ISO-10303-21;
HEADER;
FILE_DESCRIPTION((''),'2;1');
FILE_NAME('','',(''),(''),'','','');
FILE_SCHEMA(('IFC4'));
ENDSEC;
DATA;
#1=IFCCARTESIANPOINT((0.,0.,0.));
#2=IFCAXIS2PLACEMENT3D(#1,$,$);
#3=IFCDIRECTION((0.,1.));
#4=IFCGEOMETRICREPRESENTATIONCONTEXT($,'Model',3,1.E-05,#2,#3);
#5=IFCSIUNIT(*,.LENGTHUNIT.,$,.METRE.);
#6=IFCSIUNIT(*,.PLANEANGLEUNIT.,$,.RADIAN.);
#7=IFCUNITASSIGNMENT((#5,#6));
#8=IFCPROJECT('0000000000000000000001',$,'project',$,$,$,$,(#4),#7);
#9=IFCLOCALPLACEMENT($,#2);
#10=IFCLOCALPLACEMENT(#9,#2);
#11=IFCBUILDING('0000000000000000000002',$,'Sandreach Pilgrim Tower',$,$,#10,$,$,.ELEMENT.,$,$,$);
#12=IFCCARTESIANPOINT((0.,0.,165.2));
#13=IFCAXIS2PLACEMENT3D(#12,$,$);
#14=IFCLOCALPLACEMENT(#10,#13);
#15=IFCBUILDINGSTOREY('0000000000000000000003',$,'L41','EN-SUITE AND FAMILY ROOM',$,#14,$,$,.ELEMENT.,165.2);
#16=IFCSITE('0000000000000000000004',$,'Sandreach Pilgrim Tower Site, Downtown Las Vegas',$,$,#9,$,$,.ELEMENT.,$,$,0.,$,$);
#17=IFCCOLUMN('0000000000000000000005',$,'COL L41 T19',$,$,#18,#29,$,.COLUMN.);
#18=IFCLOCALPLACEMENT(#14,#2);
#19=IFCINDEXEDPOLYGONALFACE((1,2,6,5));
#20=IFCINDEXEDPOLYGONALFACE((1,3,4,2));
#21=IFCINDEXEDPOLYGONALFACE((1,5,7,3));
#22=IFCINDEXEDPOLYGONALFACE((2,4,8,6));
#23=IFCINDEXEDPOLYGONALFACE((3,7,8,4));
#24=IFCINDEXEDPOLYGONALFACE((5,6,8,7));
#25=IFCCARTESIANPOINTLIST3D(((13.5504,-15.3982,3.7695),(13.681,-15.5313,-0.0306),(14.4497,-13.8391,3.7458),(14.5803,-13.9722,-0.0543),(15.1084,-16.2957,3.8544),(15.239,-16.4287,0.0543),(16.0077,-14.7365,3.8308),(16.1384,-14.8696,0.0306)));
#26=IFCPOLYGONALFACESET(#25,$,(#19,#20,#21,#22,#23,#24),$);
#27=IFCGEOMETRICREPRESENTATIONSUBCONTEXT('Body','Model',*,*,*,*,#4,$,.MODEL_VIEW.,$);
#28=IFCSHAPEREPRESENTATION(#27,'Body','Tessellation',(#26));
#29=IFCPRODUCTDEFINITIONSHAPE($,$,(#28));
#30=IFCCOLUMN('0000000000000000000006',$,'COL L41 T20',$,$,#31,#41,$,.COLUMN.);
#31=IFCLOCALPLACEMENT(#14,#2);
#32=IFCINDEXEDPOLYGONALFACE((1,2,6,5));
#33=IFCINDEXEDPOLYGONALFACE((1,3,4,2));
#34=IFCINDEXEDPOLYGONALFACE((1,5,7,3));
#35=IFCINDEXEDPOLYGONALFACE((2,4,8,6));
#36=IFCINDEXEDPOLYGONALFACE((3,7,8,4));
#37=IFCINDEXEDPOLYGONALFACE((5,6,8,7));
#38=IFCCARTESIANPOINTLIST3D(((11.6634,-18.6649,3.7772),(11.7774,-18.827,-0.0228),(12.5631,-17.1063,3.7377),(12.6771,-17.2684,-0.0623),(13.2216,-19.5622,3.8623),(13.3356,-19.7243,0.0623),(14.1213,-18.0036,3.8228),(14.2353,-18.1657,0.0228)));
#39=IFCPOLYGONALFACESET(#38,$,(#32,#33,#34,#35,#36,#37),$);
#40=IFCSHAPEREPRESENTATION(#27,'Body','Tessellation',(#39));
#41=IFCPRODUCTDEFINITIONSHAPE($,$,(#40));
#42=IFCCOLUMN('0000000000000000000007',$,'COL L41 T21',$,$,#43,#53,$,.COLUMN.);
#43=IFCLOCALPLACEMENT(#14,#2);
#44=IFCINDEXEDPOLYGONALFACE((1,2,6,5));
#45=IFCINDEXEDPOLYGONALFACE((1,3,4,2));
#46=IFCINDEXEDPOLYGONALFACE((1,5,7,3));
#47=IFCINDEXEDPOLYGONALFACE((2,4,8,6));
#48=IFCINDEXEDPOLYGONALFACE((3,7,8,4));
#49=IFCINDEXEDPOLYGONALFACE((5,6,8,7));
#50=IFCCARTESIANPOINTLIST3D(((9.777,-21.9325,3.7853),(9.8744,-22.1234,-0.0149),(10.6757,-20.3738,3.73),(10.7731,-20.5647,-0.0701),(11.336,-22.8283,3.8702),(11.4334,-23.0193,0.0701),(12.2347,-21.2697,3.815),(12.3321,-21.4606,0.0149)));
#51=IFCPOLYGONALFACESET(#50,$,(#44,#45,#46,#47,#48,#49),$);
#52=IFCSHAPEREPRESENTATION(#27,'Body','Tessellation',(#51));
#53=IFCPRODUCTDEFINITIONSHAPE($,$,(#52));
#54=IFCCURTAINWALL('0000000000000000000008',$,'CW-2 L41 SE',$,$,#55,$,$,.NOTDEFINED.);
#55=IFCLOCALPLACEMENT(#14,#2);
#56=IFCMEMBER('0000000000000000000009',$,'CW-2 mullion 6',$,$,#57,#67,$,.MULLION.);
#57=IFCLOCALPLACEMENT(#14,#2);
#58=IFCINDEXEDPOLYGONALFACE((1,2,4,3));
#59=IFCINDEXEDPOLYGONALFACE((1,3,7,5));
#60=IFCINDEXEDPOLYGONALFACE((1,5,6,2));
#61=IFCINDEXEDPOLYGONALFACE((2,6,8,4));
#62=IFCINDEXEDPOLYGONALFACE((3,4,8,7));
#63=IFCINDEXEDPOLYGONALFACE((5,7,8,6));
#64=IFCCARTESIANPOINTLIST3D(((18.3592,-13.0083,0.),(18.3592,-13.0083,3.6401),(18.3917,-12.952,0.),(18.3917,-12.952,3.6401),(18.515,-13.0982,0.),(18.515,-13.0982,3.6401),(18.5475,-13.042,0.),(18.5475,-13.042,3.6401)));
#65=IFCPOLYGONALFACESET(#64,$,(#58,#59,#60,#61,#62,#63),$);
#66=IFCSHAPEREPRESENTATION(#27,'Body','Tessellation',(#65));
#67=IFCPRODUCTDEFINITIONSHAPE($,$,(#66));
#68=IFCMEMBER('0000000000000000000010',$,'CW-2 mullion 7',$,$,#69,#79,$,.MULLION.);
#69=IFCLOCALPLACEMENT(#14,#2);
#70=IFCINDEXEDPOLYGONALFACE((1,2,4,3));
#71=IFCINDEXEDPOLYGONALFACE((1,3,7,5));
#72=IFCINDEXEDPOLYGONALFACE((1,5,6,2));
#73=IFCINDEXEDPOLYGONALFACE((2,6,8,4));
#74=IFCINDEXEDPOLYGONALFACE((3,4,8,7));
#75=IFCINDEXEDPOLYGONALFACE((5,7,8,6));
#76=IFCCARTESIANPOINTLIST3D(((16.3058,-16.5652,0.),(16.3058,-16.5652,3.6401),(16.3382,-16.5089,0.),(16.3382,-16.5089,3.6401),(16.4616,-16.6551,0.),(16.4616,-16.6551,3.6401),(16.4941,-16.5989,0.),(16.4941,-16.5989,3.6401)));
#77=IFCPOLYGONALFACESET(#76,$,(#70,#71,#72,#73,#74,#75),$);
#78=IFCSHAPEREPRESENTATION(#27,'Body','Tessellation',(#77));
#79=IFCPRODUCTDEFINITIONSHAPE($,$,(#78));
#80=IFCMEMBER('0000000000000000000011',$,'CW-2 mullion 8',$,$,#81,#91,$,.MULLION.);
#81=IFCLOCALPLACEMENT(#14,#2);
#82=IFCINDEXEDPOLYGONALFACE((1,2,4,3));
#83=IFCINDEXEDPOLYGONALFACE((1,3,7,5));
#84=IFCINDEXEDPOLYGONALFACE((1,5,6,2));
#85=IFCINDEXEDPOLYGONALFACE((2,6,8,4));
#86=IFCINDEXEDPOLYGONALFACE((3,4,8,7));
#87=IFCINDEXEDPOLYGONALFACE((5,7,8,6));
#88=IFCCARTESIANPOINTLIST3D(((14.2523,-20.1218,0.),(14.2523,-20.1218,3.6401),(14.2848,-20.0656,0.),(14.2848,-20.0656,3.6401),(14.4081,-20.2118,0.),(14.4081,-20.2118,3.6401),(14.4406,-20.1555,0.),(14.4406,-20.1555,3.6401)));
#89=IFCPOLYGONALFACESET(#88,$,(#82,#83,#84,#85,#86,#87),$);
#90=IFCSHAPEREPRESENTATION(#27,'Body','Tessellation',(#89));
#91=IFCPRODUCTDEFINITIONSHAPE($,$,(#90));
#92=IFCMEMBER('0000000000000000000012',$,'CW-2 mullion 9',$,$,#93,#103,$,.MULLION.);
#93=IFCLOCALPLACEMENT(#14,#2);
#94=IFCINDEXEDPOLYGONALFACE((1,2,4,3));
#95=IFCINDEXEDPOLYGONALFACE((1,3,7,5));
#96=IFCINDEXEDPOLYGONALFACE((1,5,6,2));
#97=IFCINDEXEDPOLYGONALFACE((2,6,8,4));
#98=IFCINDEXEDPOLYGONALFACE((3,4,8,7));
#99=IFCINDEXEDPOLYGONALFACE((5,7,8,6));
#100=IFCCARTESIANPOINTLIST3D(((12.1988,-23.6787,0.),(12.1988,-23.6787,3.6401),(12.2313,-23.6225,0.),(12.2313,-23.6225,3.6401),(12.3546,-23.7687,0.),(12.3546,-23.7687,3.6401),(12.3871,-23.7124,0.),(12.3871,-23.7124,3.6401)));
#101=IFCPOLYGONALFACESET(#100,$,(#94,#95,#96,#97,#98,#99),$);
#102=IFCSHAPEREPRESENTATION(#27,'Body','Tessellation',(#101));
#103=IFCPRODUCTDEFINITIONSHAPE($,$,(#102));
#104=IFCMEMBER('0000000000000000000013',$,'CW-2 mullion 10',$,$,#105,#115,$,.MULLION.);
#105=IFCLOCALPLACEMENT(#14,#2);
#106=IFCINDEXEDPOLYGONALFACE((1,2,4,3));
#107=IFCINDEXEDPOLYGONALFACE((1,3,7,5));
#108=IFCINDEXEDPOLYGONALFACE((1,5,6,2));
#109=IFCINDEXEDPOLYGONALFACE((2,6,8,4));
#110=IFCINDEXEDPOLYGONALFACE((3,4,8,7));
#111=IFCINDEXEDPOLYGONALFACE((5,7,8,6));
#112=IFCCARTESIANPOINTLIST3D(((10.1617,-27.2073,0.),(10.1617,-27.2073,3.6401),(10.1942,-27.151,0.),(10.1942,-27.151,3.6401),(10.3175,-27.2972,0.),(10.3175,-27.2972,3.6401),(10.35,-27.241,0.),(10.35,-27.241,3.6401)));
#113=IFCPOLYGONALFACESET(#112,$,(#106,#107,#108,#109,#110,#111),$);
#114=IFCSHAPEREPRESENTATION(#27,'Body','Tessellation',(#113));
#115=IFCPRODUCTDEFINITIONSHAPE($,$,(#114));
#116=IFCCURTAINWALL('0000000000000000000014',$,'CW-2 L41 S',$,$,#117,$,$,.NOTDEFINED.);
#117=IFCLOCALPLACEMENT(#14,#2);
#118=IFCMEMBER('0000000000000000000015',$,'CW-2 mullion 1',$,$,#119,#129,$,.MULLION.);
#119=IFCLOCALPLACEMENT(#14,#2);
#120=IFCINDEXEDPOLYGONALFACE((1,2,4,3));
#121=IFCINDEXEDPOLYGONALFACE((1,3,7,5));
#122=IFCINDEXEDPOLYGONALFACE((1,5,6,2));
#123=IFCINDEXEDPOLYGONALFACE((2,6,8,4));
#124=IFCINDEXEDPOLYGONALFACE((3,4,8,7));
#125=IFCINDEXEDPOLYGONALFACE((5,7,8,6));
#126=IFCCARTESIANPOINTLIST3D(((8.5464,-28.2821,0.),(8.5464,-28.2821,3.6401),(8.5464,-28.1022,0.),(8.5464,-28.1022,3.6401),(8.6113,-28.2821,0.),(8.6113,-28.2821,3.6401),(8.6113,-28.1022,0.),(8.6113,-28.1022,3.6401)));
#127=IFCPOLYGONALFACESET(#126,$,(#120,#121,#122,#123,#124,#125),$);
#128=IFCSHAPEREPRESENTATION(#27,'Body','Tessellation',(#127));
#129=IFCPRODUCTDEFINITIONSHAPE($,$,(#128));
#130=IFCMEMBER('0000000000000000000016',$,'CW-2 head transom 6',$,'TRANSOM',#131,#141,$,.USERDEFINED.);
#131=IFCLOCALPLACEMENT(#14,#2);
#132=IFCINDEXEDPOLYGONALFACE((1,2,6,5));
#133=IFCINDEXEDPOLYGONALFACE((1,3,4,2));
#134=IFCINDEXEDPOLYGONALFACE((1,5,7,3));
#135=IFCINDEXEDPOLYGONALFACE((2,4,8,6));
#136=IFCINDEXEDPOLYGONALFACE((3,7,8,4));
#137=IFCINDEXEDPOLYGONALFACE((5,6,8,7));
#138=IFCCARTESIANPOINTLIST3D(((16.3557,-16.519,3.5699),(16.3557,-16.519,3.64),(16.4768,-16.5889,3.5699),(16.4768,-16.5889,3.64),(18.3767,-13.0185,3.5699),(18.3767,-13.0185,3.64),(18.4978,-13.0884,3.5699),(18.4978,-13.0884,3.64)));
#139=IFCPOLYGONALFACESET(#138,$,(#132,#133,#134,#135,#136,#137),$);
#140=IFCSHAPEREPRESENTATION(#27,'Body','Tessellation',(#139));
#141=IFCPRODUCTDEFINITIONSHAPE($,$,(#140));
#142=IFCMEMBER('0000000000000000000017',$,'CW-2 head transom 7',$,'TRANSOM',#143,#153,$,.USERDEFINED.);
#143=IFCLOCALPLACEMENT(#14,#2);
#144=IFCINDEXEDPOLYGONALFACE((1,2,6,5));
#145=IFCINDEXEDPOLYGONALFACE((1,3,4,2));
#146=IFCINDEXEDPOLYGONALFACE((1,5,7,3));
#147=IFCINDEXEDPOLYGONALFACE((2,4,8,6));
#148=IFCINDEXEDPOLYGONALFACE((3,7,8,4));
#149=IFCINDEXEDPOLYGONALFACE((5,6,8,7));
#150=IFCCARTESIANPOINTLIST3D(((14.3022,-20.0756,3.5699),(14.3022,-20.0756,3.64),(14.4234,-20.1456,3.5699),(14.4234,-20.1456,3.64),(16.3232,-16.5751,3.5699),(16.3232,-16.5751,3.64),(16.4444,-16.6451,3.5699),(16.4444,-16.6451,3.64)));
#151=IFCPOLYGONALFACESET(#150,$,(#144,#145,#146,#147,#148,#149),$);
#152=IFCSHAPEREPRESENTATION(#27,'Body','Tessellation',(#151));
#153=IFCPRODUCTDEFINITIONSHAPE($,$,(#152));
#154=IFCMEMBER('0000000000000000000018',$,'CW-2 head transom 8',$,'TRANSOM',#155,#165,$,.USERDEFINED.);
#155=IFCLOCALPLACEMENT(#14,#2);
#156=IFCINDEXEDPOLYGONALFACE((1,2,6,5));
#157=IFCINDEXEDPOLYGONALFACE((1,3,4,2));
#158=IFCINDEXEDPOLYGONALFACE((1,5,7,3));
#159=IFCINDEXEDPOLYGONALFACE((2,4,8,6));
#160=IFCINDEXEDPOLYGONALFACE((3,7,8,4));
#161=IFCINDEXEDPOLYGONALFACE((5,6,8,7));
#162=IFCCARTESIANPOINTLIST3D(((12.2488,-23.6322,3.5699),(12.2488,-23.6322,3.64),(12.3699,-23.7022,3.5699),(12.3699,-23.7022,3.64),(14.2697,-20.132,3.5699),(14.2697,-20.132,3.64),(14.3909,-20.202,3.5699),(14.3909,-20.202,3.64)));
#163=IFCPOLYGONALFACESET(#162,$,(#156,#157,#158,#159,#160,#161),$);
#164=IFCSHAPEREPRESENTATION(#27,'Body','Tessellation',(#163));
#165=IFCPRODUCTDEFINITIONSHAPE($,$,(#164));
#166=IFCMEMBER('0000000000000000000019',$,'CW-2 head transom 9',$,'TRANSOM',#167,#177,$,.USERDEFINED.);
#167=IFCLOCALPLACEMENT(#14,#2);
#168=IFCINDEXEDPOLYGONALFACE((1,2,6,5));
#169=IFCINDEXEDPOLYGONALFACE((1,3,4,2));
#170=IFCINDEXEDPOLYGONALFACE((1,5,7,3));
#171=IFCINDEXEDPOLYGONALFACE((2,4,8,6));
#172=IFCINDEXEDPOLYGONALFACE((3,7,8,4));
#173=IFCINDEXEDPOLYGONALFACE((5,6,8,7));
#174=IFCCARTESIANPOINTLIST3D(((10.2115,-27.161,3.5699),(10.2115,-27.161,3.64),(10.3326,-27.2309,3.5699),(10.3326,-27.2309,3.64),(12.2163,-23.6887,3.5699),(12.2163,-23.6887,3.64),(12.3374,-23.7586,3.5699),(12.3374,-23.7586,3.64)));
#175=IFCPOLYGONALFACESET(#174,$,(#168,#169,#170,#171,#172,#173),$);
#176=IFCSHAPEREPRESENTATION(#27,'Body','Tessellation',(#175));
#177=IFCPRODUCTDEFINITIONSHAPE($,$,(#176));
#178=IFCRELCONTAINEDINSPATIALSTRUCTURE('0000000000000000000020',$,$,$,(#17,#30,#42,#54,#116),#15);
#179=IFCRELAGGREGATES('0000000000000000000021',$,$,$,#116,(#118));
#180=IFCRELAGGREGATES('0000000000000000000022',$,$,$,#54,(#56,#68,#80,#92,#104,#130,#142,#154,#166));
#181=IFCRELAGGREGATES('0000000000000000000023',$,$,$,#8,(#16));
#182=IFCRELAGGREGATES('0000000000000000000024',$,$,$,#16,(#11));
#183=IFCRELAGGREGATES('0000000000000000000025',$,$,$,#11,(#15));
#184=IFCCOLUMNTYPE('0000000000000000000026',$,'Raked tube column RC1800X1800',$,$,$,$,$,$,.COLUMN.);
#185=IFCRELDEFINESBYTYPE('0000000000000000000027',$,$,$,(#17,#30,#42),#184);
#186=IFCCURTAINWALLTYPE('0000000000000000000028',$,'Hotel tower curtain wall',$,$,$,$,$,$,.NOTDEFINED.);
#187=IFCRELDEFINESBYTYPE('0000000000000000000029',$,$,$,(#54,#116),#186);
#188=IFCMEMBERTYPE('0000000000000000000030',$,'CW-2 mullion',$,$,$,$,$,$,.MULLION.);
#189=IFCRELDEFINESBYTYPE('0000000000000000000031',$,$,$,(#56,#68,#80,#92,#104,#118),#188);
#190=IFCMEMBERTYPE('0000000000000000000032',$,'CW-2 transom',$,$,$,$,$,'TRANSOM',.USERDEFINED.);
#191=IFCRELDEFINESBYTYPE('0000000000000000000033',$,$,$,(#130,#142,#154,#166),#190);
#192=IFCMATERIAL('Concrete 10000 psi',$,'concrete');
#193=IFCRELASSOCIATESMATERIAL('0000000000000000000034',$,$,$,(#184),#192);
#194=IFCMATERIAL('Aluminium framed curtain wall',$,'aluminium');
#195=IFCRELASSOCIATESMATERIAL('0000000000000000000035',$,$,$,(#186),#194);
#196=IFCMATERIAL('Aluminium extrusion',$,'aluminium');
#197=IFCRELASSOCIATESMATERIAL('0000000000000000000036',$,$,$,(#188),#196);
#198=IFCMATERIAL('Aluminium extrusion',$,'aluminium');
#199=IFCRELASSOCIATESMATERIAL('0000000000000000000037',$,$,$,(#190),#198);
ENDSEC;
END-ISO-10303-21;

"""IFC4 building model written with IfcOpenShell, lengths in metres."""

from ifc_helpers import new_model, si_unit, direction, frame, origin, origin_2d, place, context, subcontext, project, spatial, rectangle, extrude, material, material_profile, profile_set, type_object, element, aggregate, save


model = new_model("IFC4")

# Units and contexts
model_context = context("Model", 3, precision=1e-05, world=origin(), true_north=direction((0.0, 1.0)))
body_context = subcontext(model_context, "Body", "Model", "MODEL_VIEW")
ifc_project = project(units=[si_unit("LENGTHUNIT", "METRE"), si_unit("PLANEANGLEUNIT", "RADIAN")], contexts=[model_context])

# Site, building, storey
site_placement = place(None, origin())
site = spatial("IfcSite", under=ifc_project, at=site_placement, Name="Sandreach Pilgrim Tower Site, Downtown Las Vegas", CompositionType="ELEMENT", RefElevation=0.0)
building_placement = place(site_placement, origin())
building = spatial("IfcBuilding", under=site, at=building_placement, Name="Sandreach Pilgrim Tower", CompositionType="ELEMENT")
storey_placement = place(building_placement, frame((0.0, 0.0, 165.2)))
storey = spatial("IfcBuildingStorey", under=building, at=storey_placement, Name="L41", Description="EN-SUITE AND FAMILY ROOM", CompositionType="ELEMENT", Elevation=165.2)

# Columns
ifc_material_1 = material(Name="Concrete 10000 psi", Category="concrete")
ifc_material_profile_1 = material_profile(ifc_material_1, rectangle(XDim=1.8, YDim=1.8, at=origin_2d()), Name="RC1800X1800")
ifc_profile_set_1 = profile_set([ifc_material_profile_1], Name="Concrete 10000 psi")
column_type = type_object("IfcColumnType", Name="Raked tube column RC1800X1800", PredefinedType="COLUMN", material=ifc_profile_set_1)
column_1_placement = place(storey_placement, frame((14.9097, -15.2004, 0.0), z_axis=(-0.034331, 0.034972, 0.998798), x_axis=(0.865569, -0.49856, 0.047208)))
element("IfcColumn", 1, at=column_1_placement, inside=storey, type_object=column_type, Name="COL L41 T19", PredefinedType="COLUMN", context=body_context, shape_type="SweptSolid", body=[
    extrude(rectangle(XDim=1.8, YDim=1.8, at=origin_2d()), origin(), (0.0, 0.0, 1.0), 3.8047),
])
column_2_placement = place(storey_placement, frame((13.0063, -18.4963, 0.0), z_axis=(-0.029962, 0.042602, 0.998643), x_axis=(0.865618, -0.498472, 0.047236)))
element("IfcColumn", 2, at=column_2_placement, inside=storey, type_object=column_type, Name="COL L41 T20", PredefinedType="COLUMN", context=body_context, shape_type="SweptSolid", body=[
    extrude(rectangle(XDim=1.8, YDim=1.8, at=origin_2d()), origin(), (0.0, 0.0, 1.0), 3.8052),
])
column_3_placement = place(storey_placement, frame((11.1033, -21.792, 0.0), z_axis=(-0.025594, 0.050161, 0.998413), x_axis=(0.86607, -0.497689, 0.047206)))
element("IfcColumn", 3, at=column_3_placement, inside=storey, type_object=column_type, Name="COL L41 T21", PredefinedType="COLUMN", context=body_context, shape_type="SweptSolid", body=[
    extrude(rectangle(XDim=1.8, YDim=1.8, at=origin_2d()), origin(), (0.0, 0.0, 1.0), 3.8062),
])

# Curtain wall, members
ifc_material_2 = material(Name="Aluminium framed curtain wall", Category="aluminium")
curtain_wall_type = type_object("IfcCurtainWallType", Name="Hotel tower curtain wall", PredefinedType="NOTDEFINED", material=ifc_material_2)
curtain_wall_1_placement = place(storey_placement, origin())
curtain_wall_1 = element("IfcCurtainWall", 4, at=curtain_wall_1_placement, inside=storey, type_object=curtain_wall_type, Name="CW-2 L41 SE", PredefinedType="NOTDEFINED")
ifc_material_3 = material(Name="Aluminium extrusion", Category="aluminium")
ifc_material_profile_2 = material_profile(ifc_material_3, rectangle(XDim=0.0649, YDim=0.1799, at=origin_2d()), Name="CW-2M 65X180")
ifc_profile_set_2 = profile_set([ifc_material_profile_2], Name="Aluminium extrusion")
member_type_1 = type_object("IfcMemberType", Name="CW-2 mullion", PredefinedType="MULLION", material=ifc_profile_set_2)
member_1_placement = place(storey_placement, frame((18.4534, -13.0251, 0.0), z_axis=(0.0, 0.0, 1.0), x_axis=(-0.5, -0.866025, 0.0)))
member_1 = element("IfcMember", 5, at=member_1_placement, type_object=member_type_1, Name="CW-2 mullion 6", PredefinedType="MULLION", context=body_context, shape_type="SweptSolid", body=[
    extrude(rectangle(XDim=0.0649, YDim=0.1799, at=origin_2d()), origin(), (0.0, 0.0, 1.0), 3.6401),
])
member_2_placement = place(storey_placement, frame((16.3999, -16.582, 0.0), z_axis=(0.0, 0.0, 1.0), x_axis=(-0.5, -0.866025, 0.0)))
member_2 = element("IfcMember", 6, at=member_2_placement, type_object=member_type_1, Name="CW-2 mullion 7", PredefinedType="MULLION", context=body_context, shape_type="SweptSolid", body=[
    extrude(rectangle(XDim=0.0649, YDim=0.1799, at=origin_2d()), origin(), (0.0, 0.0, 1.0), 3.6401),
])
member_3_placement = place(storey_placement, frame((14.3464, -20.1387, 0.0), z_axis=(0.0, 0.0, 1.0), x_axis=(-0.5, -0.866025, 0.0)))
member_3 = element("IfcMember", 7, at=member_3_placement, type_object=member_type_1, Name="CW-2 mullion 8", PredefinedType="MULLION", context=body_context, shape_type="SweptSolid", body=[
    extrude(rectangle(XDim=0.0649, YDim=0.1799, at=origin_2d()), origin(), (0.0, 0.0, 1.0), 3.6401),
])
member_4_placement = place(storey_placement, frame((12.293, -23.6956, 0.0), z_axis=(0.0, 0.0, 1.0), x_axis=(-0.5, -0.866025, 0.0)))
member_4 = element("IfcMember", 8, at=member_4_placement, type_object=member_type_1, Name="CW-2 mullion 9", PredefinedType="MULLION", context=body_context, shape_type="SweptSolid", body=[
    extrude(rectangle(XDim=0.0649, YDim=0.1799, at=origin_2d()), origin(), (0.0, 0.0, 1.0), 3.6401),
])
member_5_placement = place(storey_placement, frame((10.2559, -27.2241, 0.0), z_axis=(0.0, 0.0, 1.0), x_axis=(-0.5, -0.866025, 0.0)))
member_5 = element("IfcMember", 9, at=member_5_placement, type_object=member_type_1, Name="CW-2 mullion 10", PredefinedType="MULLION", context=body_context, shape_type="SweptSolid", body=[
    extrude(rectangle(XDim=0.0649, YDim=0.1799, at=origin_2d()), origin(), (0.0, 0.0, 1.0), 3.6401),
])

# Curtain wall, member
curtain_wall_2_placement = place(storey_placement, origin())
curtain_wall_2 = element("IfcCurtainWall", 10, at=curtain_wall_2_placement, inside=storey, type_object=curtain_wall_type, Name="CW-2 L41 S", PredefinedType="NOTDEFINED")
member_6_placement = place(storey_placement, frame((8.5789, -28.1921, 0.0), z_axis=(0.0, 0.0, 1.0), x_axis=(-1.0, 0.0, 0.0)))
member_6 = element("IfcMember", 11, at=member_6_placement, type_object=member_type_1, Name="CW-2 mullion 1", PredefinedType="MULLION", context=body_context, shape_type="SweptSolid", body=[
    extrude(rectangle(XDim=0.0649, YDim=0.1799, at=origin_2d()), origin(), (0.0, 0.0, 1.0), 3.6401),
])
aggregate(curtain_wall_2, [member_6])

# Members
ifc_material_4 = material(Name="Aluminium extrusion", Category="aluminium")
ifc_material_profile_3 = material_profile(ifc_material_4, rectangle(XDim=0.1399, YDim=0.0701, at=origin_2d()), Name="CW-2T 140X70")
ifc_profile_set_3 = profile_set([ifc_material_profile_3], Name="Aluminium extrusion")
member_type_2 = type_object("IfcMemberType", Name="CW-2 transom", ElementType="TRANSOM", PredefinedType="USERDEFINED", material=ifc_profile_set_3)
member_7_placement = place(storey_placement, frame((18.4373, -13.0535, 3.605), z_axis=(-0.499998, -0.866027, 0.0), x_axis=(0.866027, -0.499998, 0.0)))
member_7 = element("IfcMember", 12, at=member_7_placement, type_object=member_type_2, Name="CW-2 head transom 6", ObjectType="TRANSOM", PredefinedType="USERDEFINED", context=body_context, shape_type="SweptSolid", body=[
    extrude(rectangle(XDim=0.1399, YDim=0.0701, at=origin_2d()), origin(), (0.0, 0.0, 1.0), 4.042),
])
member_8_placement = place(storey_placement, frame((16.3838, -16.6101, 3.605), z_axis=(-0.499998, -0.866027, 0.0), x_axis=(0.866027, -0.499998, 0.0)))
member_8 = element("IfcMember", 13, at=member_8_placement, type_object=member_type_2, Name="CW-2 head transom 7", ObjectType="TRANSOM", PredefinedType="USERDEFINED", context=body_context, shape_type="SweptSolid", body=[
    extrude(rectangle(XDim=0.1399, YDim=0.0701, at=origin_2d()), origin(), (0.0, 0.0, 1.0), 4.042),
])
member_9_placement = place(storey_placement, frame((14.3303, -20.167, 3.605), z_axis=(-0.500024, -0.866012, 0.0), x_axis=(0.866012, -0.500024, 0.0)))
member_9 = element("IfcMember", 14, at=member_9_placement, type_object=member_type_2, Name="CW-2 head transom 8", ObjectType="TRANSOM", PredefinedType="USERDEFINED", context=body_context, shape_type="SweptSolid", body=[
    extrude(rectangle(XDim=0.1399, YDim=0.0701, at=origin_2d()), origin(), (0.0, 0.0, 1.0), 4.0417),
])
member_10_placement = place(storey_placement, frame((12.2769, -23.7236, 3.605), z_axis=(-0.500016, -0.866016, 0.0), x_axis=(0.866016, -0.500016, 0.0)))
member_10 = element("IfcMember", 15, at=member_10_placement, type_object=member_type_2, Name="CW-2 head transom 9", ObjectType="TRANSOM", PredefinedType="USERDEFINED", context=body_context, shape_type="SweptSolid", body=[
    extrude(rectangle(XDim=0.1399, YDim=0.0701, at=origin_2d()), origin(), (0.0, 0.0, 1.0), 4.0095),
])

aggregate(curtain_wall_1, [member_1, member_2, member_3, member_4, member_5, member_7, member_8, member_9, member_10])

save(model, "model.ifc")
